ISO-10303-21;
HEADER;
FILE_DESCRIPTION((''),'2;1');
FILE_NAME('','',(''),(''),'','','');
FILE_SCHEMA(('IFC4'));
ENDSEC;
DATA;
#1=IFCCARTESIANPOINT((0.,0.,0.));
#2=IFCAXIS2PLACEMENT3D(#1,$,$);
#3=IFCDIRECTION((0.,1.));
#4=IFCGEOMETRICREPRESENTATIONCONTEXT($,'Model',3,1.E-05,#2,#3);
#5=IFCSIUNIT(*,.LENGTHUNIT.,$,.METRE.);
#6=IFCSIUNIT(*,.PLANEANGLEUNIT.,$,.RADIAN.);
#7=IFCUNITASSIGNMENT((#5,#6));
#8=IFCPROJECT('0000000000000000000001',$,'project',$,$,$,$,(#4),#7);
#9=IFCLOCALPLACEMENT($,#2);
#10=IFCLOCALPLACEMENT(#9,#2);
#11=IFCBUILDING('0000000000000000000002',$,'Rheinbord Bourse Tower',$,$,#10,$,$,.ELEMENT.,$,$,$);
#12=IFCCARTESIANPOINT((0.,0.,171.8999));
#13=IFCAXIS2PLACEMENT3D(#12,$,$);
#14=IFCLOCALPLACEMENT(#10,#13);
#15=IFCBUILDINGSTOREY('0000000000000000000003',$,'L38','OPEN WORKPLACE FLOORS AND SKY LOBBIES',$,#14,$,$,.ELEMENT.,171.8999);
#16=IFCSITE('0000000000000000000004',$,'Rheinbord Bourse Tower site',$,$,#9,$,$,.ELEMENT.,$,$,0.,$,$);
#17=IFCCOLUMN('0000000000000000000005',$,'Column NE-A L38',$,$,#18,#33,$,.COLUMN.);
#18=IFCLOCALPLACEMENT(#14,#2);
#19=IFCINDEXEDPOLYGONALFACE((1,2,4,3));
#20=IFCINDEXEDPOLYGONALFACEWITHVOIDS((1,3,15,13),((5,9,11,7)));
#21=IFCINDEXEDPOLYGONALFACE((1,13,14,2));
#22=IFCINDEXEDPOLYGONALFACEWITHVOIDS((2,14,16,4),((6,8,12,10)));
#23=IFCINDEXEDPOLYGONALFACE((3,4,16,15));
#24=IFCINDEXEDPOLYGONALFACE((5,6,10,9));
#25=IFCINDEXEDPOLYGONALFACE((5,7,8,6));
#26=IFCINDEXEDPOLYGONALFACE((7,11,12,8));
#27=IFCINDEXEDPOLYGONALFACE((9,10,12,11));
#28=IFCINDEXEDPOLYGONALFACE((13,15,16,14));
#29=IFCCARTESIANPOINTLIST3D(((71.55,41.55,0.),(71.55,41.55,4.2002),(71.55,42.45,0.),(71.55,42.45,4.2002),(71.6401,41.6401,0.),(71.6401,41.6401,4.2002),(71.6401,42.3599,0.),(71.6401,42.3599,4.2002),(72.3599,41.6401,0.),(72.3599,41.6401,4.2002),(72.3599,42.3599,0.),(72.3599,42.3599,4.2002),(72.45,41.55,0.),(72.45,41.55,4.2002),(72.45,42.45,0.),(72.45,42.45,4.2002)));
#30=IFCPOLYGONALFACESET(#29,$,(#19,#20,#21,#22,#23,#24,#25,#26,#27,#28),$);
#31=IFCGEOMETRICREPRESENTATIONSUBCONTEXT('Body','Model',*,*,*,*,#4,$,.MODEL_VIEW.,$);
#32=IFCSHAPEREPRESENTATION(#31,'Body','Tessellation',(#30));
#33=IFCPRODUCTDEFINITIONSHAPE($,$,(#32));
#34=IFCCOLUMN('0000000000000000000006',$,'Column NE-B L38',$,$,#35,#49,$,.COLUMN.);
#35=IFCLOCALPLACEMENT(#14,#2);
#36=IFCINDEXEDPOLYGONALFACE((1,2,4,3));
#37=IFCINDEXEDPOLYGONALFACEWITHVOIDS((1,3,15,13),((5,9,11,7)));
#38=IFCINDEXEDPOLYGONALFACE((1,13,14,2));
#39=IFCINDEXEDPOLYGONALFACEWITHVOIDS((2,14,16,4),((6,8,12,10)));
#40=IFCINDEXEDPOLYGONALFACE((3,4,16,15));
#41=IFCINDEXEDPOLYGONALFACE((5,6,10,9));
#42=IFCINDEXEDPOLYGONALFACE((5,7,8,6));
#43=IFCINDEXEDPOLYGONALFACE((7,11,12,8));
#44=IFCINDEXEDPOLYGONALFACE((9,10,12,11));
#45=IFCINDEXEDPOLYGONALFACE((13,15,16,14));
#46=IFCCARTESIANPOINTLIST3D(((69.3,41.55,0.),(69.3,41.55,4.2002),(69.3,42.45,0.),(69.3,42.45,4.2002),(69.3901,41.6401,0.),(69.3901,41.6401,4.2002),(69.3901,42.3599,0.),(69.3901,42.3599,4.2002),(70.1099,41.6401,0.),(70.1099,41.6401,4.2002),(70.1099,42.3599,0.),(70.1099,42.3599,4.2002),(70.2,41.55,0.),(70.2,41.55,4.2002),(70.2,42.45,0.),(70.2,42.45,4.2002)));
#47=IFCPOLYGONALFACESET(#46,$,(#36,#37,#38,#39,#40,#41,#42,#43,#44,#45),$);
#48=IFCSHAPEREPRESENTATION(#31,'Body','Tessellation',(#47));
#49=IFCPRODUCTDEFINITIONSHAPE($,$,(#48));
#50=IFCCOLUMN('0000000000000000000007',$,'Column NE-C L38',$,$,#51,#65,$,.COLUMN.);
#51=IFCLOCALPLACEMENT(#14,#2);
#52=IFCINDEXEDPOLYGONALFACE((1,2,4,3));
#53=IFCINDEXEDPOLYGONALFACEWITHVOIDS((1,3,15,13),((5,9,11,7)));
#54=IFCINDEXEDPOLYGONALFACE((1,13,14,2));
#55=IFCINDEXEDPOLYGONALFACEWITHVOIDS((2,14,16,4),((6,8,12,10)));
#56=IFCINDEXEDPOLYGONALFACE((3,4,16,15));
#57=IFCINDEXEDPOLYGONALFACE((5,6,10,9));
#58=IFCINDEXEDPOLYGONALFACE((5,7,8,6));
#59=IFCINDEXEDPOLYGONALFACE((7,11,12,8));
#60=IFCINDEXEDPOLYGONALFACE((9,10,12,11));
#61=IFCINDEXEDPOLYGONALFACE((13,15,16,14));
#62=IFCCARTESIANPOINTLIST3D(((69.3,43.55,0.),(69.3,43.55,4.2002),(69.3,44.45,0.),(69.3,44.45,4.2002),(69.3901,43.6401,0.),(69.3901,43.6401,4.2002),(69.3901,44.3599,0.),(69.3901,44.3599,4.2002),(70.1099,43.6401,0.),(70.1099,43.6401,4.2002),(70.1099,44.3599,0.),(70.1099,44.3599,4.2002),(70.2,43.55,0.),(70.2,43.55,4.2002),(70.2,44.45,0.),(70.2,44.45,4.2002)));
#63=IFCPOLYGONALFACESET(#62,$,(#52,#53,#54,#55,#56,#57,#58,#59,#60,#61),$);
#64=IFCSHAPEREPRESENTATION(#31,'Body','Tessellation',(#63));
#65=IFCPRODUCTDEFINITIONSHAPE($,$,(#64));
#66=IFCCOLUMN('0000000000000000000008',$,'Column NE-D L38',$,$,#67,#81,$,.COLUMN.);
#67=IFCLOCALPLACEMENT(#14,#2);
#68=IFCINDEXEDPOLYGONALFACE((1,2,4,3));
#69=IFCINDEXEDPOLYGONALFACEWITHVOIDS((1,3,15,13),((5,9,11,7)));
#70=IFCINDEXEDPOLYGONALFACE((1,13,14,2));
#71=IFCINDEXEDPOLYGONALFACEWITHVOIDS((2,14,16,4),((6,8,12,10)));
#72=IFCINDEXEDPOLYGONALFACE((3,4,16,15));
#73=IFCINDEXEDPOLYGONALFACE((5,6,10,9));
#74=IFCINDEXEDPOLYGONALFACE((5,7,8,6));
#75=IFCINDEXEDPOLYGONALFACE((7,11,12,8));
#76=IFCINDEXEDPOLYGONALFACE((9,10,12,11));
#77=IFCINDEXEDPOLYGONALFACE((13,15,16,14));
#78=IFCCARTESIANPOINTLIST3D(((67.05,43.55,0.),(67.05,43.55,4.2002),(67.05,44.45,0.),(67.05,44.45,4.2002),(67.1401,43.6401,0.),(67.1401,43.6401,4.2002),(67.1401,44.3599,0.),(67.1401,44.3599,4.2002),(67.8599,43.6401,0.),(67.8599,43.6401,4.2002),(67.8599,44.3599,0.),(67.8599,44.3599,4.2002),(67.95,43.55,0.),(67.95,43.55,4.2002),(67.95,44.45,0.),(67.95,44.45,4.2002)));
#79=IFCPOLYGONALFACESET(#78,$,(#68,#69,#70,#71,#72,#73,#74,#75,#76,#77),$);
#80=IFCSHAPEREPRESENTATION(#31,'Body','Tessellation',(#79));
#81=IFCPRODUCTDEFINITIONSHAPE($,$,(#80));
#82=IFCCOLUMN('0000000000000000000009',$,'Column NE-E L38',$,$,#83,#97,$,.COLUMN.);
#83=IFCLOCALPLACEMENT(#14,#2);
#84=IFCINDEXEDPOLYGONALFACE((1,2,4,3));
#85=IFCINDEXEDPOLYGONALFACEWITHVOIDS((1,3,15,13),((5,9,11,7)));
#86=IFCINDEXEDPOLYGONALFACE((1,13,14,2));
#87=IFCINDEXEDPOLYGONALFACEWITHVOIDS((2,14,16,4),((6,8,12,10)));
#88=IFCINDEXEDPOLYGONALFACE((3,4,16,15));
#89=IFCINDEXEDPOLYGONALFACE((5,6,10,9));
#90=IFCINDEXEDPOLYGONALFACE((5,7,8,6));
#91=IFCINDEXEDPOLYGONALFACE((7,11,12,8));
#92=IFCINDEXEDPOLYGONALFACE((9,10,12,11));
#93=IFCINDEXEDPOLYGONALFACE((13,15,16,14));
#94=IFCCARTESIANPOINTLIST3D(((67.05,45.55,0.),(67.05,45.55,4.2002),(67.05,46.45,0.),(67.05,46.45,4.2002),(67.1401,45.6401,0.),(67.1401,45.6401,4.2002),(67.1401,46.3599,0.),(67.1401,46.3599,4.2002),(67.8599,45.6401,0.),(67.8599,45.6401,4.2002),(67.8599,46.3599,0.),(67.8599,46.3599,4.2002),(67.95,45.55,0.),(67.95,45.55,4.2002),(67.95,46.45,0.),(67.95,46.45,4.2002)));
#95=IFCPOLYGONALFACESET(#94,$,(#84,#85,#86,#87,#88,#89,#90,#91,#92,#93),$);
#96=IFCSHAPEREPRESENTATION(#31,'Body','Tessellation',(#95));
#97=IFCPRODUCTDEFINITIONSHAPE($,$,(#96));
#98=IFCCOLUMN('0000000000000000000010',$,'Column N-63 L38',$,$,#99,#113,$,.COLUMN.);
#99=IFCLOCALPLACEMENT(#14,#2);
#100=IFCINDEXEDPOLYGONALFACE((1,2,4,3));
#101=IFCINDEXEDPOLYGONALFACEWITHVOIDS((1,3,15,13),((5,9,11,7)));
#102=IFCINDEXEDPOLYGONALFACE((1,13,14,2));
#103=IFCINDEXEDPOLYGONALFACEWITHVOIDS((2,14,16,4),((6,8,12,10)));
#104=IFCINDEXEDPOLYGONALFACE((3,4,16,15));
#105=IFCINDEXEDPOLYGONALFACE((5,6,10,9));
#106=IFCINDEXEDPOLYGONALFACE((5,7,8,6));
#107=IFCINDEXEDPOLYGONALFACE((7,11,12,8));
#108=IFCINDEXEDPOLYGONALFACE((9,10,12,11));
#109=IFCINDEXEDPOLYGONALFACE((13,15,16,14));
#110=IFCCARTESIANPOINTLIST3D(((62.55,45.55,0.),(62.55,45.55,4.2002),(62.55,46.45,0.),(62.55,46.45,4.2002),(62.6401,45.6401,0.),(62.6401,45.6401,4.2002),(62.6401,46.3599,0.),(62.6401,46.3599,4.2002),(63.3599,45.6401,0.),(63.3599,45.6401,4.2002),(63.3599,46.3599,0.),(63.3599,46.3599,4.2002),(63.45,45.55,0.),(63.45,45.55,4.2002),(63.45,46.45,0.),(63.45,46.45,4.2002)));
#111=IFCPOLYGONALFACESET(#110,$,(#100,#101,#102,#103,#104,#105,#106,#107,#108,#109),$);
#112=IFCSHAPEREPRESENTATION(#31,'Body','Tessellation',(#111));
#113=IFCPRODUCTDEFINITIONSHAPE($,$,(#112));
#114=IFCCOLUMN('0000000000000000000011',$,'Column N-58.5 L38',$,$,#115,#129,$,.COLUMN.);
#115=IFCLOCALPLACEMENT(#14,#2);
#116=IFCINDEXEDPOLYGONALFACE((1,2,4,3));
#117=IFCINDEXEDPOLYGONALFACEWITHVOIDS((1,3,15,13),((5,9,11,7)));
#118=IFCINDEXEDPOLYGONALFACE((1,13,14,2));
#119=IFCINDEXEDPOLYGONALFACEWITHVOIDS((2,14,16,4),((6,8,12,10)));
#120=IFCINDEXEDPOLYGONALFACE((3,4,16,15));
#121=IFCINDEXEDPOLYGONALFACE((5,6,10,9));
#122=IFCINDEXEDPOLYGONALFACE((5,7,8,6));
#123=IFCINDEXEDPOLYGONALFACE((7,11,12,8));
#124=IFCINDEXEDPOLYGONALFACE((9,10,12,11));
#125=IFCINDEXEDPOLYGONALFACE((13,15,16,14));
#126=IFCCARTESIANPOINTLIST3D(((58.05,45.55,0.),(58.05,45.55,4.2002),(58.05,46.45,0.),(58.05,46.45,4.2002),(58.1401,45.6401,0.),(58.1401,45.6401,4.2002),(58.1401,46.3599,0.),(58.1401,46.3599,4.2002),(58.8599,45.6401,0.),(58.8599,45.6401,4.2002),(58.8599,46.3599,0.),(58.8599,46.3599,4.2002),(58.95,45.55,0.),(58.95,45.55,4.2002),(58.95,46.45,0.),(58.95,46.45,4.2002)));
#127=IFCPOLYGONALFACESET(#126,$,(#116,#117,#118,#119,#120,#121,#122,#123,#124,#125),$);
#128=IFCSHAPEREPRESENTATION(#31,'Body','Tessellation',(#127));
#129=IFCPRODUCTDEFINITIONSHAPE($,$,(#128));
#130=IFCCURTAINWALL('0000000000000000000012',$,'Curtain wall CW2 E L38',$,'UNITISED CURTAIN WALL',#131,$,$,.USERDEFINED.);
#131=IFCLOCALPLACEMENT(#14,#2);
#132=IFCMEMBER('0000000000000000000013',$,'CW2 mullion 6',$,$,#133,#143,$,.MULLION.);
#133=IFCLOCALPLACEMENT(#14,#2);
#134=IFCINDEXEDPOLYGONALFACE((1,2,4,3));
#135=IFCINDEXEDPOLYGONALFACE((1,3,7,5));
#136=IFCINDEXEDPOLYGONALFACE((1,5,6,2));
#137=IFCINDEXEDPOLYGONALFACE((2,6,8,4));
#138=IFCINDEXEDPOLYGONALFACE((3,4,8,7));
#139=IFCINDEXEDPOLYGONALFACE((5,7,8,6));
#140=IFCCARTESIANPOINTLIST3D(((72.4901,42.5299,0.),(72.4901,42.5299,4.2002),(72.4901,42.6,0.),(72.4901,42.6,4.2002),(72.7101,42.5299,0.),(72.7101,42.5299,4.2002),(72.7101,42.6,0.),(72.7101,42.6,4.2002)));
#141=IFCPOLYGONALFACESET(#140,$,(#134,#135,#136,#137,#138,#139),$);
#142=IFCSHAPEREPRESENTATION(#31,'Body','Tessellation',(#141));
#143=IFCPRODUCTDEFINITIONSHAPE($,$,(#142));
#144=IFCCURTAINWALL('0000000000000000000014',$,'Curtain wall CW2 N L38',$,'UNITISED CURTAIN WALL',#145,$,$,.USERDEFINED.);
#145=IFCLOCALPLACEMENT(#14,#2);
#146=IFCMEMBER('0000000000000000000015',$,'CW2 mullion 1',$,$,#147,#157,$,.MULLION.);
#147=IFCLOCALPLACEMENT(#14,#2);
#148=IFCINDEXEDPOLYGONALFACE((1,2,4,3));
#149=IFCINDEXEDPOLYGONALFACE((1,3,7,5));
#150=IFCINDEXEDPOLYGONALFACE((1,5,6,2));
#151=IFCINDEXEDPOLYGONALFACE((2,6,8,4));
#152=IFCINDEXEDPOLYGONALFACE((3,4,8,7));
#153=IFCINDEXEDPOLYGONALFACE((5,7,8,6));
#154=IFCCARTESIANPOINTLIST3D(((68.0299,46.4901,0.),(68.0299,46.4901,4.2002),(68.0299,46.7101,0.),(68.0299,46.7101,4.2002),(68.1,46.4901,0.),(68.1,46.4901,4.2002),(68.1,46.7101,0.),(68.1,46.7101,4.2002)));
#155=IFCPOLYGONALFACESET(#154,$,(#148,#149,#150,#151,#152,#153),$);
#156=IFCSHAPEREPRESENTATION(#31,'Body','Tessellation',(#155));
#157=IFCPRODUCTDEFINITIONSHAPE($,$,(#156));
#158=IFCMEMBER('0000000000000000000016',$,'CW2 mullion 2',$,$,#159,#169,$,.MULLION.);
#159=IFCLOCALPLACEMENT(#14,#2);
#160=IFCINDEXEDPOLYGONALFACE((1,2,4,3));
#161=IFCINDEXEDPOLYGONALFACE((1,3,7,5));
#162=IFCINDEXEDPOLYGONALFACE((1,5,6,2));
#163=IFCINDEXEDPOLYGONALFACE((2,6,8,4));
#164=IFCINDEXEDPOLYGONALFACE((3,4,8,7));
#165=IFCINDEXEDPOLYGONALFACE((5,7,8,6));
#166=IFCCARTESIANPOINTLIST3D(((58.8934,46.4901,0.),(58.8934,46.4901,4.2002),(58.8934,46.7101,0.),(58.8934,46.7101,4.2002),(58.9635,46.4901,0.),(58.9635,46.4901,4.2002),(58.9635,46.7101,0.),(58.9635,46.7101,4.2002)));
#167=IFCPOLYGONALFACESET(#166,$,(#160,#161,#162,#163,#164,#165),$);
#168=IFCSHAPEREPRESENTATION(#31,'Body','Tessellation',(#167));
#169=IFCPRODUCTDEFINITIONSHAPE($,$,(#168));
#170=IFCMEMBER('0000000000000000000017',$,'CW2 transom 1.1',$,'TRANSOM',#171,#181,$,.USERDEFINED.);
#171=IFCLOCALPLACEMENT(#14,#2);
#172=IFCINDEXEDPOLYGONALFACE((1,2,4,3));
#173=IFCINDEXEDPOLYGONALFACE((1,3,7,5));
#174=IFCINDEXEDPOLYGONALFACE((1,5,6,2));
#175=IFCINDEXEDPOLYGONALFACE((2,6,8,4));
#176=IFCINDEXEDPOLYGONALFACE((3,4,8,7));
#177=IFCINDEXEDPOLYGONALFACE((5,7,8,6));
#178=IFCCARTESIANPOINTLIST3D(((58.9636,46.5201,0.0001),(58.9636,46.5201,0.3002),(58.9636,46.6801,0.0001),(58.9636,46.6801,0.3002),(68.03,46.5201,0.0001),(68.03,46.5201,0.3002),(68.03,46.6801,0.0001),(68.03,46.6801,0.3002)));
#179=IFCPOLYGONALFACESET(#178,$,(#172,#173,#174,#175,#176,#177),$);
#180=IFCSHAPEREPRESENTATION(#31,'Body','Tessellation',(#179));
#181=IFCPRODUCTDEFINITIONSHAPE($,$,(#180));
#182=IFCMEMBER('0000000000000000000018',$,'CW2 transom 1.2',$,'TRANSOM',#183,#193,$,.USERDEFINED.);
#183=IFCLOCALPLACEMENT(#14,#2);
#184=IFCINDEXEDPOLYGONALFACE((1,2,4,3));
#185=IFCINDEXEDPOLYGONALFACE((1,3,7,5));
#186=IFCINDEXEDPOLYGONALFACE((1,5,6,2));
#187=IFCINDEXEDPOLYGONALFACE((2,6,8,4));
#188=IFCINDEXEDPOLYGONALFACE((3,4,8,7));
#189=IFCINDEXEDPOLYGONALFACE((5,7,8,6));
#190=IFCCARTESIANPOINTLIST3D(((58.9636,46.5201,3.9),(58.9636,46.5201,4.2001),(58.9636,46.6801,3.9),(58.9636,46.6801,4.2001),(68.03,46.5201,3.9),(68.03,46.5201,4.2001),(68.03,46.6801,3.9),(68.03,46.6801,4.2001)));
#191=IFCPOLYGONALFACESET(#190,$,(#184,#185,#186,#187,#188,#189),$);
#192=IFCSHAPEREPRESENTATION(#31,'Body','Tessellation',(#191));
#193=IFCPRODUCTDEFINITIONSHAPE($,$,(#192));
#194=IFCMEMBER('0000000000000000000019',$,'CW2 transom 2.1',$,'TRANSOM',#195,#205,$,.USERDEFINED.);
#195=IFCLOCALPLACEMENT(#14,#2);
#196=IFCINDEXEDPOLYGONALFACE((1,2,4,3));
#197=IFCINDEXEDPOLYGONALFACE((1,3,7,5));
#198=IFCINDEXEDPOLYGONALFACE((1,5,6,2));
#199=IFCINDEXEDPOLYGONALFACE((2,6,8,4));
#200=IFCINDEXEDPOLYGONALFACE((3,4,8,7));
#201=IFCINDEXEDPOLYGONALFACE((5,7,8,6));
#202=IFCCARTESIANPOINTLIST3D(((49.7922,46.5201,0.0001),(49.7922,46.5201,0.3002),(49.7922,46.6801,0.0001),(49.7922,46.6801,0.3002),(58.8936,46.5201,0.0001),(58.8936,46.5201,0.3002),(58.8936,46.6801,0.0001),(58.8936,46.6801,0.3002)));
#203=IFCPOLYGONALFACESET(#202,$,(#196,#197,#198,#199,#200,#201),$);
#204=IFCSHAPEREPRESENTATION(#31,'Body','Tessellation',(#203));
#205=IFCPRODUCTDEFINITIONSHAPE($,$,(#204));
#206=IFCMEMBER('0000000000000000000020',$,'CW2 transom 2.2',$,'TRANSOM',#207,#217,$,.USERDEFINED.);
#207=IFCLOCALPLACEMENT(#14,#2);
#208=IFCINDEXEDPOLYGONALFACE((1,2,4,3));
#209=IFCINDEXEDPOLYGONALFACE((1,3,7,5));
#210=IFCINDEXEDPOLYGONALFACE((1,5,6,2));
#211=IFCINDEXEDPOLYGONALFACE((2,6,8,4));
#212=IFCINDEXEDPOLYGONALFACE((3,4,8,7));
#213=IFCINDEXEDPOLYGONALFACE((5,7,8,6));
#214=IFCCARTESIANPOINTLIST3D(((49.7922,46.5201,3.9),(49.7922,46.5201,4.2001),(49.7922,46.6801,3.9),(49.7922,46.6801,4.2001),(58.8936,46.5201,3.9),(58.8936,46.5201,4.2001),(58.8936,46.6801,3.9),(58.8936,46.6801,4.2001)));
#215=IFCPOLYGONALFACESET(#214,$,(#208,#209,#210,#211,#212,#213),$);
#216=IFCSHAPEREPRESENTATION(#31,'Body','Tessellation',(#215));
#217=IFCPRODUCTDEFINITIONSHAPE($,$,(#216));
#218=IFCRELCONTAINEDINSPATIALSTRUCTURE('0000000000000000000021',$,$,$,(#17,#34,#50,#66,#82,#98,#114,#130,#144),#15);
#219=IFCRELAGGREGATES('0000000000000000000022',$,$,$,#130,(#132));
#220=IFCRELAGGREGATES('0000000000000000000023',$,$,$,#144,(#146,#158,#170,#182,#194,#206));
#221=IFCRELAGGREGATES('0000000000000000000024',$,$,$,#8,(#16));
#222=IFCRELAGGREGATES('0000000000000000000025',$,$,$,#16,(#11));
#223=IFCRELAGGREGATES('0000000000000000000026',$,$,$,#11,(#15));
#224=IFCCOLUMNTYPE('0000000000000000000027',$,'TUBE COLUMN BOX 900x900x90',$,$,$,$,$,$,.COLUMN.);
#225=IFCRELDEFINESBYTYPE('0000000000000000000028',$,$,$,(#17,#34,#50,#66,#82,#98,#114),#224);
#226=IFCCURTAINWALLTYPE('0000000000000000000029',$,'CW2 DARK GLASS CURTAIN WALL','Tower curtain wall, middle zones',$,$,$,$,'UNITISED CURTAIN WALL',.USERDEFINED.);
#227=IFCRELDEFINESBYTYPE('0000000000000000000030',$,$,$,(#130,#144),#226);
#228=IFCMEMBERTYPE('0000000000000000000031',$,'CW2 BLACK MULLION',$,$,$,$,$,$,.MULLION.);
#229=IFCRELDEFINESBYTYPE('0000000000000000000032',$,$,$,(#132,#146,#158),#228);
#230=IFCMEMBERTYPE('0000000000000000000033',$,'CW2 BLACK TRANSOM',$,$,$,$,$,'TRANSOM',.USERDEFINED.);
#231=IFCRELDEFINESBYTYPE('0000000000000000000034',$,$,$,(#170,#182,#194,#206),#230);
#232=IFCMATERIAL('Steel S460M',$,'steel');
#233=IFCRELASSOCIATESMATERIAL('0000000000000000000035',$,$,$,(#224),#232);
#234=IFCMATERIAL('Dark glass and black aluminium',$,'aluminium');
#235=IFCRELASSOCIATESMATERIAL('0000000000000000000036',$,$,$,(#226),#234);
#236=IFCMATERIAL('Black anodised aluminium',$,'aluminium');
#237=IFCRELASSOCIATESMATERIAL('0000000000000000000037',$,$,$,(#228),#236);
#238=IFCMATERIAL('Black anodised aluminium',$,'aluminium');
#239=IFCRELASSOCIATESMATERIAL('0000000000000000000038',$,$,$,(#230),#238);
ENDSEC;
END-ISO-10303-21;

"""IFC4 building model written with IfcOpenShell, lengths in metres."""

from ifc_helpers import new_model, si_unit, direction, frame, origin, origin_2d, place, context, subcontext, project, spatial, rectangle, hollow_rectangle, extrude, material, material_profile, profile_set, type_object, element, aggregate, save


model = new_model("IFC4")

# Units and contexts
model_context = context("Model", 3, precision=1e-05, world=origin(), true_north=direction((0.0, 1.0)))
body_context = subcontext(model_context, "Body", "Model", "MODEL_VIEW")
ifc_project = project(units=[si_unit("LENGTHUNIT", "METRE"), si_unit("PLANEANGLEUNIT", "RADIAN")], contexts=[model_context])

# Site, building, storey
site_placement = place(None, origin())
site = spatial("IfcSite", under=ifc_project, at=site_placement, Name="Rheinbord Bourse Tower site", CompositionType="ELEMENT", RefElevation=0.0)
building_placement = place(site_placement, origin())
building = spatial("IfcBuilding", under=site, at=building_placement, Name="Rheinbord Bourse Tower", CompositionType="ELEMENT")
storey_placement = place(building_placement, frame((0.0, 0.0, 171.8999)))
storey = spatial("IfcBuildingStorey", under=building, at=storey_placement, Name="L38", Description="OPEN WORKPLACE FLOORS AND SKY LOBBIES", CompositionType="ELEMENT", Elevation=171.8999)

# Columns
ifc_material_1 = material(Name="Steel S460M", Category="steel")
ifc_material_profile_1 = material_profile(ifc_material_1, hollow_rectangle(XDim=0.8999, YDim=0.8999, WallThickness=0.0901, at=origin_2d()), Name="BOX 900x900x90")
ifc_profile_set_1 = profile_set([ifc_material_profile_1], Name="Steel S460M")
column_type = type_object("IfcColumnType", Name="TUBE COLUMN BOX 900x900x90", PredefinedType="COLUMN", material=ifc_profile_set_1)
for number, where, z_axis, x_axis, name in (
    (1, (72.0, 42.0, 0.0), (0.0, 0.0, 1.0), (1.0, 0.0, 0.0), "Column NE-A L38"),
    (2, (69.75, 42.0, 0.0), (0.0, 0.0, 1.0), (1.0, 0.0, 0.0), "Column NE-B L38"),
    (3, (69.75, 44.0, 0.0), (0.0, 0.0, 1.0), (1.0, 0.0, 0.0), "Column NE-C L38"),
    (4, (67.5, 44.0, 0.0), (0.0, 0.0, 1.0), (0.0, 1.0, 0.0), "Column NE-D L38"),
    (5, (67.5, 46.0, 0.0), (0.0, 0.0, 1.0), (0.0, 1.0, 0.0), "Column NE-E L38"),
    (6, (63.0, 46.0, 0.0), (0.0, 0.0, 1.0), (0.0, 1.0, 0.0), "Column N-63 L38"),
    (7, (58.5, 46.0, 0.0), (0.0, 0.0, 1.0), (0.0, 1.0, 0.0), "Column N-58.5 L38"),
):
    element("IfcColumn", number, at=place(storey_placement, frame(where, z_axis=z_axis, x_axis=x_axis)), inside=storey, type_object=column_type, Name=name, PredefinedType="COLUMN", context=body_context, shape_type="SweptSolid", body=[
        extrude(hollow_rectangle(XDim=0.8999, YDim=0.8999, WallThickness=0.0901, at=origin_2d()), origin(), (0.0, 0.0, 1.0), 4.2002),
    ])

# Curtain wall, member
ifc_material_2 = material(Name="Dark glass and black aluminium", Category="aluminium")
curtain_wall_type = type_object("IfcCurtainWallType", Name="CW2 DARK GLASS CURTAIN WALL", Description="Tower curtain wall, middle zones", ElementType="UNITISED CURTAIN WALL", PredefinedType="USERDEFINED", material=ifc_material_2)
curtain_wall_1_placement = place(storey_placement, origin())
curtain_wall_1 = element("IfcCurtainWall", 8, at=curtain_wall_1_placement, inside=storey, type_object=curtain_wall_type, Name="Curtain wall CW2 E L38", ObjectType="UNITISED CURTAIN WALL", PredefinedType="USERDEFINED")
ifc_material_3 = material(Name="Black anodised aluminium", Category="aluminium")
ifc_material_profile_2 = material_profile(ifc_material_3, rectangle(XDim=0.22, YDim=0.0701, at=origin_2d()), Name="CW2 MULLION 70x220")
ifc_profile_set_2 = profile_set([ifc_material_profile_2], Name="Black anodised aluminium")
member_type_1 = type_object("IfcMemberType", Name="CW2 BLACK MULLION", PredefinedType="MULLION", material=ifc_profile_set_2)
member_1_placement = place(storey_placement, frame((72.6001, 42.5649, 0.0), z_axis=(0.0, 0.0, 1.0), x_axis=(-1.0, 0.0, 0.0)))
member_1 = element("IfcMember", 9, at=member_1_placement, type_object=member_type_1, Name="CW2 mullion 6", PredefinedType="MULLION", context=body_context, shape_type="SweptSolid", body=[
    extrude(rectangle(XDim=0.22, YDim=0.0701, at=origin_2d()), origin(), (0.0, 0.0, 1.0), 4.2002),
])

# Curtain wall, members
curtain_wall_2_placement = place(storey_placement, origin())
curtain_wall_2 = element("IfcCurtainWall", 10, at=curtain_wall_2_placement, inside=storey, type_object=curtain_wall_type, Name="Curtain wall CW2 N L38", ObjectType="UNITISED CURTAIN WALL", PredefinedType="USERDEFINED")
member_2_placement = place(storey_placement, frame((68.0649, 46.6001, 0.0), z_axis=(0.0, 0.0, 1.0), x_axis=(0.0, -1.0, 0.0)))
member_2 = element("IfcMember", 11, at=member_2_placement, type_object=member_type_1, Name="CW2 mullion 1", PredefinedType="MULLION", context=body_context, shape_type="SweptSolid", body=[
    extrude(rectangle(XDim=0.22, YDim=0.0701, at=origin_2d()), origin(), (0.0, 0.0, 1.0), 4.2002),
])
member_3_placement = place(storey_placement, frame((58.9285, 46.6001, 0.0), z_axis=(0.0, 0.0, 1.0), x_axis=(0.0, -1.0, 0.0)))
member_3 = element("IfcMember", 12, at=member_3_placement, type_object=member_type_1, Name="CW2 mullion 2", PredefinedType="MULLION", context=body_context, shape_type="SweptSolid", body=[
    extrude(rectangle(XDim=0.22, YDim=0.0701, at=origin_2d()), origin(), (0.0, 0.0, 1.0), 4.2002),
])
ifc_material_4 = material(Name="Black anodised aluminium", Category="aluminium")
ifc_material_profile_3 = material_profile(ifc_material_4, rectangle(XDim=0.1599, YDim=0.3, at=origin_2d()), Name="CW2 TRANSOM 300x160")
ifc_profile_set_3 = profile_set([ifc_material_profile_3], Name="Black anodised aluminium")
member_type_2 = type_object("IfcMemberType", Name="CW2 BLACK TRANSOM", ElementType="TRANSOM", PredefinedType="USERDEFINED", material=ifc_profile_set_3)
member_4_placement = place(storey_placement, frame((68.03, 46.6001, 0.1501), z_axis=(-1.0, 0.0, 0.0), x_axis=(0.0, -1.0, 0.0)))
member_4 = element("IfcMember", 13, at=member_4_placement, type_object=member_type_2, Name="CW2 transom 1.1", ObjectType="TRANSOM", PredefinedType="USERDEFINED", context=body_context, shape_type="SweptSolid", body=[
    extrude(rectangle(XDim=0.1599, YDim=0.3, at=origin_2d()), origin(), (0.0, 0.0, 1.0), 9.0664),
])
member_5_placement = place(storey_placement, frame((68.03, 46.6001, 4.05), z_axis=(-1.0, 0.0, 0.0), x_axis=(0.0, -1.0, 0.0)))
member_5 = element("IfcMember", 14, at=member_5_placement, type_object=member_type_2, Name="CW2 transom 1.2", ObjectType="TRANSOM", PredefinedType="USERDEFINED", context=body_context, shape_type="SweptSolid", body=[
    extrude(rectangle(XDim=0.1599, YDim=0.3, at=origin_2d()), origin(), (0.0, 0.0, 1.0), 9.0664),
])
member_6_placement = place(storey_placement, frame((58.8936, 46.6001, 0.1501), z_axis=(-1.0, 0.0, 0.0), x_axis=(0.0, -1.0, 0.0)))
member_6 = element("IfcMember", 15, at=member_6_placement, type_object=member_type_2, Name="CW2 transom 2.1", ObjectType="TRANSOM", PredefinedType="USERDEFINED", context=body_context, shape_type="SweptSolid", body=[
    extrude(rectangle(XDim=0.1599, YDim=0.3, at=origin_2d()), origin(), (0.0, 0.0, 1.0), 9.1013),
])
member_7_placement = place(storey_placement, frame((58.8936, 46.6001, 4.05), z_axis=(-1.0, 0.0, 0.0), x_axis=(0.0, -1.0, 0.0)))
member_7 = element("IfcMember", 16, at=member_7_placement, type_object=member_type_2, Name="CW2 transom 2.2", ObjectType="TRANSOM", PredefinedType="USERDEFINED", context=body_context, shape_type="SweptSolid", body=[
    extrude(rectangle(XDim=0.1599, YDim=0.3, at=origin_2d()), origin(), (0.0, 0.0, 1.0), 9.1013),
])

aggregate(curtain_wall_1, [member_1])
aggregate(curtain_wall_2, [member_2, member_3, member_4, member_5, member_6, member_7])

save(model, "model.ifc")
